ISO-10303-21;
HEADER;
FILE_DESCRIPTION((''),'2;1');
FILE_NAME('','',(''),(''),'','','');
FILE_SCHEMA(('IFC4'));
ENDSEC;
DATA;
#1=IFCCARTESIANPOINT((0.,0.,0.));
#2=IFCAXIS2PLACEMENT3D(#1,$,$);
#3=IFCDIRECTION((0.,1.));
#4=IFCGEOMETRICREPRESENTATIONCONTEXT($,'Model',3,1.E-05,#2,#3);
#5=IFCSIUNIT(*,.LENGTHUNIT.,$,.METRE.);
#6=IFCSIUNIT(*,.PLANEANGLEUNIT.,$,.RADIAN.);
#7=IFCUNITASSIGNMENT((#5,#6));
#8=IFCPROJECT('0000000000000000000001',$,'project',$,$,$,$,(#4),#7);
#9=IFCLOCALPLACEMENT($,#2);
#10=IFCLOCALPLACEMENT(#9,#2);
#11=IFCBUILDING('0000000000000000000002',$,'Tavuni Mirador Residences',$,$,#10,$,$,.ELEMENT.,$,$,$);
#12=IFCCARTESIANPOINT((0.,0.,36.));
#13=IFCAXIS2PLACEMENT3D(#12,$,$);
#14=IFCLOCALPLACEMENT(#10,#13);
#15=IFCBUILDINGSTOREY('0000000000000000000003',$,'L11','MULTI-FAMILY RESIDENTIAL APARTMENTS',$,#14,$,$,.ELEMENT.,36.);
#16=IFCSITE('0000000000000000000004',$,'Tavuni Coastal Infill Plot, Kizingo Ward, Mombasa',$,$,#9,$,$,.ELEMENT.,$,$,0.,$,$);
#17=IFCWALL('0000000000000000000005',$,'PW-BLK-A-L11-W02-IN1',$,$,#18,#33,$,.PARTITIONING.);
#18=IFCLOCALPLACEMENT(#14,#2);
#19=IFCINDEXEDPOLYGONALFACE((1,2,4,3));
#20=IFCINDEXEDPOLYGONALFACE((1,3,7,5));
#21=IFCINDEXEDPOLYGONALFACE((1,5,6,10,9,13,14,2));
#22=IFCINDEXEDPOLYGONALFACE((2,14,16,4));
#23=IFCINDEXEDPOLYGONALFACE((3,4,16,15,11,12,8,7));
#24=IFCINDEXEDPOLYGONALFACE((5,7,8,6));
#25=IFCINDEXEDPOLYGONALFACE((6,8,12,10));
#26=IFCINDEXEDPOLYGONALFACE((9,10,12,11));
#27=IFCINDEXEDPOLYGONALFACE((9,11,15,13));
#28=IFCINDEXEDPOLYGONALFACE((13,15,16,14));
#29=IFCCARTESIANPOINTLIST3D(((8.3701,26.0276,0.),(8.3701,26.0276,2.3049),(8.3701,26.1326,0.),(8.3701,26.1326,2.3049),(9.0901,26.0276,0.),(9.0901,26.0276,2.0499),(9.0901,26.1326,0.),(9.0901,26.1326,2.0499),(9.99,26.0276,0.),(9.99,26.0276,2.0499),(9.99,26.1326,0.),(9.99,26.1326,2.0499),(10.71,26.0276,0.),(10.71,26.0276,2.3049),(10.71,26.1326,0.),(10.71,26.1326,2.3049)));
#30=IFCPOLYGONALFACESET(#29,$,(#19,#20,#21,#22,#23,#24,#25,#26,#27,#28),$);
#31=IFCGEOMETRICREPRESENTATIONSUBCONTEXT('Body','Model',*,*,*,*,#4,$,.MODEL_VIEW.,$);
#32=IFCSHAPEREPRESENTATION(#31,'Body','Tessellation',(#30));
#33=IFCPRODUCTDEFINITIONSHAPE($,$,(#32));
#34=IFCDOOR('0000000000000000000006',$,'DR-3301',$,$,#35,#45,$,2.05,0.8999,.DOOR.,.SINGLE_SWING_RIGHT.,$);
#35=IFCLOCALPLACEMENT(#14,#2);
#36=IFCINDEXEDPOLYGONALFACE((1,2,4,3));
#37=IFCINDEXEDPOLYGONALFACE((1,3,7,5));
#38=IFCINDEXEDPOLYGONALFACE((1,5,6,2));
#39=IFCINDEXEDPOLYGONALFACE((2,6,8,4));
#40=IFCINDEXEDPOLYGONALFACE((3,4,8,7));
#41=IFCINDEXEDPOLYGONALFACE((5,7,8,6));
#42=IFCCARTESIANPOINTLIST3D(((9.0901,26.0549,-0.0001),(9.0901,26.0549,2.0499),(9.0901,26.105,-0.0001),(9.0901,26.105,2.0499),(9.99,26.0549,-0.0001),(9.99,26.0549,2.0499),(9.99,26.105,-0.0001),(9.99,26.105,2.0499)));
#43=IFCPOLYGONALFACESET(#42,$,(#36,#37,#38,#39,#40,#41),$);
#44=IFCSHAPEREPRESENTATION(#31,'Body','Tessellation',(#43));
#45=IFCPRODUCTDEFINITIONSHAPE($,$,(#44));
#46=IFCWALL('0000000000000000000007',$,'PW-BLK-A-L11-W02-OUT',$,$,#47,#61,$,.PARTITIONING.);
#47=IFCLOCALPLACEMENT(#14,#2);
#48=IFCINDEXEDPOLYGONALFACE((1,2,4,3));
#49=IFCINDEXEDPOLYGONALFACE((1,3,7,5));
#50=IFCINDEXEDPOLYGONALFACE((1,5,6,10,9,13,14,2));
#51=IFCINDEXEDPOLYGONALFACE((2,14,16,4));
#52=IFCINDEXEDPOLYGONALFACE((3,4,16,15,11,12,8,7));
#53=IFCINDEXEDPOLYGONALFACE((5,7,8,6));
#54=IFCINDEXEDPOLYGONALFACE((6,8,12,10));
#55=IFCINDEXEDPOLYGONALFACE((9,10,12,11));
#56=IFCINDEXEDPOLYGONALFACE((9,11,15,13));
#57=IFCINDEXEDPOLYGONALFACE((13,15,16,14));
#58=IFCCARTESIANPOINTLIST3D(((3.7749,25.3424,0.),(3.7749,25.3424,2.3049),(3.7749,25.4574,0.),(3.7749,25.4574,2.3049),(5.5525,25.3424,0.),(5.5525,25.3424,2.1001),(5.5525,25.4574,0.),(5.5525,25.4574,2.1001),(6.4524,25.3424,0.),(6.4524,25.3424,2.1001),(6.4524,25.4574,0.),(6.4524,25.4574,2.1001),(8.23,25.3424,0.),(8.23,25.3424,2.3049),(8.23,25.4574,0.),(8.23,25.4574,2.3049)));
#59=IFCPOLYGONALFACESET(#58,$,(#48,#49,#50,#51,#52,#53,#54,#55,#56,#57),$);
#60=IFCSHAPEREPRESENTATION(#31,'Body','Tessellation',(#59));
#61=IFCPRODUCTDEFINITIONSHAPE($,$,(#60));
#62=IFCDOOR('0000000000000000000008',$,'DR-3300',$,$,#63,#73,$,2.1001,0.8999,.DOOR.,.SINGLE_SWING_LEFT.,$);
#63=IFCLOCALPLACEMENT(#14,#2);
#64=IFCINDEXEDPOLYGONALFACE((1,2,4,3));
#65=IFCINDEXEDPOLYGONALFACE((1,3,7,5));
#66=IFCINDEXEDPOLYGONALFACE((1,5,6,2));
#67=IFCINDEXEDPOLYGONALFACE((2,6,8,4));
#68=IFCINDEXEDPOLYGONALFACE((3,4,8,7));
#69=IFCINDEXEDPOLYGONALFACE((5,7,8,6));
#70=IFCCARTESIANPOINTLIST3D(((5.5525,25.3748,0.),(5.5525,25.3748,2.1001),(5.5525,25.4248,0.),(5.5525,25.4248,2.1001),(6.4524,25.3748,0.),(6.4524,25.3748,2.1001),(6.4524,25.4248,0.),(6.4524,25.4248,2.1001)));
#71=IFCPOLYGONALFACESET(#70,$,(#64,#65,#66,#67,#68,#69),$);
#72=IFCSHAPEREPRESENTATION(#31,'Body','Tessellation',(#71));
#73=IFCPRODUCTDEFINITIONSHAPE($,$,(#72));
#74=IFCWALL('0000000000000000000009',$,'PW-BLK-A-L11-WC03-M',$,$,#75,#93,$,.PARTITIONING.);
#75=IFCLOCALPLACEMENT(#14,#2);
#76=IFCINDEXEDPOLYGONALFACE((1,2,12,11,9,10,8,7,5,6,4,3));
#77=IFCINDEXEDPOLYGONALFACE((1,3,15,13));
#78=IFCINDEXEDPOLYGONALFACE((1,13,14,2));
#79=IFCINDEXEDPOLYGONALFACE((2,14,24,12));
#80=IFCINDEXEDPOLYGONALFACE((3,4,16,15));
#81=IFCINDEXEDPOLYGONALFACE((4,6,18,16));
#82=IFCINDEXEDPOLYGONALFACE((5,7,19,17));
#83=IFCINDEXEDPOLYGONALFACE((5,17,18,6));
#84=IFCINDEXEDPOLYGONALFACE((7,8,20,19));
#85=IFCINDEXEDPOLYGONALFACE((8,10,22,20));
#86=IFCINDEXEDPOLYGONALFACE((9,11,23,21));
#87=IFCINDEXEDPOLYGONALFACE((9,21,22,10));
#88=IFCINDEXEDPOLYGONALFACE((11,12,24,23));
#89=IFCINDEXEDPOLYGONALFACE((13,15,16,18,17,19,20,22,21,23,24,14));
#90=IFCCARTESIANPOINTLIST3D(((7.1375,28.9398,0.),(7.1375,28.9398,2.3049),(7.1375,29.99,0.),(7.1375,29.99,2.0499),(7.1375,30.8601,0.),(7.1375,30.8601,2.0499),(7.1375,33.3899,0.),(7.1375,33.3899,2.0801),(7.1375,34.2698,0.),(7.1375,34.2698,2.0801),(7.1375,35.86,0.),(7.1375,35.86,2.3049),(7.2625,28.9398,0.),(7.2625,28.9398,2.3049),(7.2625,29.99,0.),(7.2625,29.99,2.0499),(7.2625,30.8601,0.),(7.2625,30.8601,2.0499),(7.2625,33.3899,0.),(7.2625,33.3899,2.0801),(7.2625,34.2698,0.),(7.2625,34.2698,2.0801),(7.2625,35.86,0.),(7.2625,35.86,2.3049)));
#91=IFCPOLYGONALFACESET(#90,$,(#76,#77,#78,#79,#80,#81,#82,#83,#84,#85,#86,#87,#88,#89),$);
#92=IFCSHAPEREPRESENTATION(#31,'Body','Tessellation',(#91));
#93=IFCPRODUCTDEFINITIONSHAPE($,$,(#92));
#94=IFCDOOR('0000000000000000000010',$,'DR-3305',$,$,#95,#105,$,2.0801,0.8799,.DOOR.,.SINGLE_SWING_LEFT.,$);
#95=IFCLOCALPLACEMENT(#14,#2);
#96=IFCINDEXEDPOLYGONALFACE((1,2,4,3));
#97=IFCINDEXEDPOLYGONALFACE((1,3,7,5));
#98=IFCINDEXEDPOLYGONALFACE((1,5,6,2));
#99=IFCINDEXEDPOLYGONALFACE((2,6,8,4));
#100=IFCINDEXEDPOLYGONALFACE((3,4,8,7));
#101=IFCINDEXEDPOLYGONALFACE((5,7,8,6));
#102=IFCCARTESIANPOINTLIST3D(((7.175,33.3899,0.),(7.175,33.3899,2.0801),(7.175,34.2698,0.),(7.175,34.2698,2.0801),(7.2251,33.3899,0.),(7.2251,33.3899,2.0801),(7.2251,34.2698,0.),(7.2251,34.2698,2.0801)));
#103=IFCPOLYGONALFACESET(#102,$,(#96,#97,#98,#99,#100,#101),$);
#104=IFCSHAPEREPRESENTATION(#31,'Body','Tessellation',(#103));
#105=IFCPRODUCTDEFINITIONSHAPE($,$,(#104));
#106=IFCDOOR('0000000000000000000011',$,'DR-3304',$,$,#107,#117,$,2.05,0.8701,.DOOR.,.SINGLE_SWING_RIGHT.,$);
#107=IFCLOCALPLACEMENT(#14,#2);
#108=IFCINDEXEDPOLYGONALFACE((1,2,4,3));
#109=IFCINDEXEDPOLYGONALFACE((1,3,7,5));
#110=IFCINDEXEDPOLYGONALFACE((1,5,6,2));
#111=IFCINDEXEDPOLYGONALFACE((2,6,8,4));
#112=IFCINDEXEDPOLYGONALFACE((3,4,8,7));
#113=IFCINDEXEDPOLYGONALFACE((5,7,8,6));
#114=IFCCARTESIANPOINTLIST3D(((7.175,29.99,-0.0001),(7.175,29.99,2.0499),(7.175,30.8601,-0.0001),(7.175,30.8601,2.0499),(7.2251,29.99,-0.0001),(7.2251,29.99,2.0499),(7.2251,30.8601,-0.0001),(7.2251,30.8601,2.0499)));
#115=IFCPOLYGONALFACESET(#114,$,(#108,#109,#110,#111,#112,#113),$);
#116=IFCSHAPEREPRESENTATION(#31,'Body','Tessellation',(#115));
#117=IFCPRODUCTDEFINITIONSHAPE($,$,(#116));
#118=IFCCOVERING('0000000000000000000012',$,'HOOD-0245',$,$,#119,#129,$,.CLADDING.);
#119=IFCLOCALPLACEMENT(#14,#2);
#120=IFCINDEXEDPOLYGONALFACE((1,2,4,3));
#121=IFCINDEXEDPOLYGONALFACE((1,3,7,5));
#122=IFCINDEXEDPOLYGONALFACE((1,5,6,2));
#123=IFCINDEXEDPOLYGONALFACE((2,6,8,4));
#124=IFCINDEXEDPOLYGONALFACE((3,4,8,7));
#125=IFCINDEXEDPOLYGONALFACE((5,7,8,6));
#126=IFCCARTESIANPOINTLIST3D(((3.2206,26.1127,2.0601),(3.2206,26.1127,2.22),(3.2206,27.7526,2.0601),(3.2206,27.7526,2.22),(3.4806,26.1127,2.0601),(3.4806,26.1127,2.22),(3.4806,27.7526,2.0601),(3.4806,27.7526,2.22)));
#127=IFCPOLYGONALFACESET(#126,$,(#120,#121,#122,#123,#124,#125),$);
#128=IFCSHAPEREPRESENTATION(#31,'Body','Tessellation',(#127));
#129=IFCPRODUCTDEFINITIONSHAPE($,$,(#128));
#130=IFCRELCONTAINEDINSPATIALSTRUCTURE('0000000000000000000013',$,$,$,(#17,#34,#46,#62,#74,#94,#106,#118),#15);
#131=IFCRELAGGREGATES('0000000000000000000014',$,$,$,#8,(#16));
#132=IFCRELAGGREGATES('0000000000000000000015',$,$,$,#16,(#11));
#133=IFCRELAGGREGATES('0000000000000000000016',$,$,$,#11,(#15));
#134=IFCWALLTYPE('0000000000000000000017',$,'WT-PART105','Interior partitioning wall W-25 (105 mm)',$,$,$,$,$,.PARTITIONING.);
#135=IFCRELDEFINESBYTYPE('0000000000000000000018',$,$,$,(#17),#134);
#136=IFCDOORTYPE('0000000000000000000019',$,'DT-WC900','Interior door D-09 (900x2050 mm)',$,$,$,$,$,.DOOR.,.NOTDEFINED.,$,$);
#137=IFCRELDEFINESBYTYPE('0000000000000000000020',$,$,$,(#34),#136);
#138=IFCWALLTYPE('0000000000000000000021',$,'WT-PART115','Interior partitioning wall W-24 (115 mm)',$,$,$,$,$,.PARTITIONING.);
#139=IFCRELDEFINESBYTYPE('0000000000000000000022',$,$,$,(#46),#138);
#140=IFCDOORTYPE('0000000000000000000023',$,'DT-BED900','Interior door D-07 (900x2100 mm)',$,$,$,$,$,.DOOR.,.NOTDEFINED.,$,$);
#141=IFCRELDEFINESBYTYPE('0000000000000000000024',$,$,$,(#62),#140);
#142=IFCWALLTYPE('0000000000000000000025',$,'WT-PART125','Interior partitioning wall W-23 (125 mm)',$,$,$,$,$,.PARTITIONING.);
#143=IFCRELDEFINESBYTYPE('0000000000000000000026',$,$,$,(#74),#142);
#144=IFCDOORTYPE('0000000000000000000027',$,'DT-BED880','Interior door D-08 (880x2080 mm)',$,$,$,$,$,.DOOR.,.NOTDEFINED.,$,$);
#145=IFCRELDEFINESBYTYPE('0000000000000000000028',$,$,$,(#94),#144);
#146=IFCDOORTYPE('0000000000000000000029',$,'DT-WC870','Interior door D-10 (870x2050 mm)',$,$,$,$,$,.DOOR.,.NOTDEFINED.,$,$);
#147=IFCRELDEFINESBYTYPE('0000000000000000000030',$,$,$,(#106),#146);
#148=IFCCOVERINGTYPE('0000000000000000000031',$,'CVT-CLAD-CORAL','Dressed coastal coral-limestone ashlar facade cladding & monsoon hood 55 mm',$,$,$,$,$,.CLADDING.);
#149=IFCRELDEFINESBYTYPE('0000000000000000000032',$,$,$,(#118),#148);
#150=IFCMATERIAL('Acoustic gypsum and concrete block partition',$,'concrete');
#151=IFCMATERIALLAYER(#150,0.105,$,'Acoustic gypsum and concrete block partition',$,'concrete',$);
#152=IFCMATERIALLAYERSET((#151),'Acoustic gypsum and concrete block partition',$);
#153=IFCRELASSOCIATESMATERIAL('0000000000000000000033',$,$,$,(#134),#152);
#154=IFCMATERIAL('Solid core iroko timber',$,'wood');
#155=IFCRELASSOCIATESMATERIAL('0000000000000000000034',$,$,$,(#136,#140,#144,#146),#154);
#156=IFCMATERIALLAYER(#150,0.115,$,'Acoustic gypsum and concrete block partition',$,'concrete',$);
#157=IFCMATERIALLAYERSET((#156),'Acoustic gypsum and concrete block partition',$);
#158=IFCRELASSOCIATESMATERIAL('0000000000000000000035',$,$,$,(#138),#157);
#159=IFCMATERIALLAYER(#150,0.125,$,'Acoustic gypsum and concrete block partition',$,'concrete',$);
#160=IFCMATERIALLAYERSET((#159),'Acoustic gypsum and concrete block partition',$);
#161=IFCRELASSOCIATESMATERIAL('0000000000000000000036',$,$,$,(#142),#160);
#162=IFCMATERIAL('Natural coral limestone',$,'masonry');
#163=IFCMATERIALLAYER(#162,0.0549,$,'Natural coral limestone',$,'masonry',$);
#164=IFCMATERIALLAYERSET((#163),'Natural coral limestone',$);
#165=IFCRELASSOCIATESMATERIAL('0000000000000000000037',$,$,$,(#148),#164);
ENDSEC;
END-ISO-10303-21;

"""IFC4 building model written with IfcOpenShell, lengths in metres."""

from ifc_helpers import new_model, si_unit, direction, frame, frame_2d, origin, origin_2d, place, context, subcontext, project, spatial, rectangle, extrude, material, layer, layer_set, type_object, element, fill, save


model = new_model("IFC4")

# Units and contexts
model_context = context("Model", 3, precision=1e-05, world=origin(), true_north=direction((0.0, 1.0)))
body_context = subcontext(model_context, "Body", "Model", "MODEL_VIEW")
ifc_project = project(units=[si_unit("LENGTHUNIT", "METRE"), si_unit("PLANEANGLEUNIT", "RADIAN")], contexts=[model_context])

# Site, building, storey
site_placement = place(None, origin())
site = spatial("IfcSite", under=ifc_project, at=site_placement, Name="Tavuni Coastal Infill Plot, Kizingo Ward, Mombasa", CompositionType="ELEMENT", RefElevation=0.0)
building_placement = place(site_placement, origin())
building = spatial("IfcBuilding", under=site, at=building_placement, Name="Tavuni Mirador Residences", CompositionType="ELEMENT")
storey_placement = place(building_placement, frame((0.0, 0.0, 36.0)))
storey = spatial("IfcBuildingStorey", under=building, at=storey_placement, Name="L11", Description="MULTI-FAMILY RESIDENTIAL APARTMENTS", CompositionType="ELEMENT", Elevation=36.0)

# Shared definitions
ifc_material_1 = material(Name="Acoustic gypsum and concrete block partition", Category="concrete")

# Walls, openings, doors
ifc_layer_1 = layer(ifc_material_1, 0.105, Name="Acoustic gypsum and concrete block partition", Category="concrete")
ifc_layer_set_1 = layer_set([ifc_layer_1], Name="Acoustic gypsum and concrete block partition")
wall_type_1 = type_object("IfcWallType", Name="WT-PART105", Description="Interior partitioning wall W-25 (105 mm)", PredefinedType="PARTITIONING", material=ifc_layer_set_1)
wall_1_placement = place(storey_placement, frame((8.3701, 26.0801, 0.0), z_axis=(0.0, 0.0, 1.0), x_axis=(1.0, 0.0, 0.0)))
wall_1 = element("IfcWall", 1, at=wall_1_placement, inside=storey, type_object=wall_type_1, Name="PW-BLK-A-L11-W02-IN1", PredefinedType="PARTITIONING", context=body_context, shape_type="SweptSolid", body=[
    extrude(rectangle(XDim=2.3398, YDim=0.105, at=frame_2d((1.1699, 0.0))), origin(), (0.0, 0.0, 1.0), 2.3049),
])
opening_1_placement = place(wall_1_placement, frame((0.72, 0.0, 0.0)))
opening_1 = element("IfcOpeningElement", 2, at=opening_1_placement, cuts=wall_1, PredefinedType="OPENING", context=body_context, shape_type="SweptSolid", body=[
    extrude(rectangle(XDim=0.8999, YDim=2.05, at=frame_2d((0.45, 1.0249))), frame((0.0, 0.0625, 0.0), z_axis=(0.0, -1.0, 0.0), x_axis=(1.0, 0.0, 0.0)), (0.0, 0.0, 1.0), 0.125),
])
ifc_material_2 = material(Name="Solid core iroko timber", Category="wood")
door_type_1 = type_object("IfcDoorType", Name="DT-WC900", Description="Interior door D-09 (900x2050 mm)", OperationType="NOTDEFINED", PredefinedType="DOOR", material=ifc_material_2)
door_1_placement = place(opening_1_placement, origin())
door_1 = element("IfcDoor", 3, at=door_1_placement, inside=storey, type_object=door_type_1, Name="DR-3301", OperationType="SINGLE_SWING_RIGHT", OverallHeight=2.05, OverallWidth=0.8999, PredefinedType="DOOR", context=body_context, shape_type="SweptSolid", body=[
    extrude(rectangle(XDim=0.8999, YDim=2.05, at=frame_2d((0.45, 1.0249))), frame((0.0, 0.0249, 0.0), z_axis=(0.0, -1.0, 0.0), x_axis=(1.0, 0.0, 0.0)), (0.0, 0.0, 1.0), 0.05),
])
fill(opening_1, door_1)
ifc_layer_2 = layer(ifc_material_1, 0.115, Name="Acoustic gypsum and concrete block partition", Category="concrete")
ifc_layer_set_2 = layer_set([ifc_layer_2], Name="Acoustic gypsum and concrete block partition")
wall_type_2 = type_object("IfcWallType", Name="WT-PART115", Description="Interior partitioning wall W-24 (115 mm)", PredefinedType="PARTITIONING", material=ifc_layer_set_2)
wall_2_placement = place(storey_placement, frame((3.7749, 25.3999, 0.0), z_axis=(0.0, 0.0, 1.0), x_axis=(1.0, 0.0, 0.0)))
wall_2 = element("IfcWall", 4, at=wall_2_placement, inside=storey, type_object=wall_type_2, Name="PW-BLK-A-L11-W02-OUT", PredefinedType="PARTITIONING", context=body_context, shape_type="SweptSolid", body=[
    extrude(rectangle(XDim=4.4551, YDim=0.115, at=frame_2d((2.2275, 0.0))), origin(), (0.0, 0.0, 1.0), 2.3049),
])
opening_2_placement = place(wall_2_placement, frame((1.7776, 0.0, 0.0)))
opening_2 = element("IfcOpeningElement", 5, at=opening_2_placement, cuts=wall_2, PredefinedType="OPENING", context=body_context, shape_type="SweptSolid", body=[
    extrude(rectangle(XDim=0.8999, YDim=2.1001, at=frame_2d((0.45, 1.05))), frame((0.0, 0.0674, 0.0), z_axis=(0.0, -1.0, 0.0), x_axis=(1.0, 0.0, 0.0)), (0.0, 0.0, 1.0), 0.135),
])
door_type_2 = type_object("IfcDoorType", Name="DT-BED900", Description="Interior door D-07 (900x2100 mm)", OperationType="NOTDEFINED", PredefinedType="DOOR", material=ifc_material_2)
door_2_placement = place(opening_2_placement, origin())
door_2 = element("IfcDoor", 6, at=door_2_placement, inside=storey, type_object=door_type_2, Name="DR-3300", OperationType="SINGLE_SWING_LEFT", OverallHeight=2.1001, OverallWidth=0.8999, PredefinedType="DOOR", context=body_context, shape_type="SweptSolid", body=[
    extrude(rectangle(XDim=0.8999, YDim=2.1001, at=frame_2d((0.45, 1.05))), frame((0.0, 0.0249, 0.0), z_axis=(0.0, -1.0, 0.0), x_axis=(1.0, 0.0, 0.0)), (0.0, 0.0, 1.0), 0.05),
])
fill(opening_2, door_2)

# Wall, openings, doors
ifc_layer_3 = layer(ifc_material_1, 0.125, Name="Acoustic gypsum and concrete block partition", Category="concrete")
ifc_layer_set_3 = layer_set([ifc_layer_3], Name="Acoustic gypsum and concrete block partition")
wall_type_3 = type_object("IfcWallType", Name="WT-PART125", Description="Interior partitioning wall W-23 (125 mm)", PredefinedType="PARTITIONING", material=ifc_layer_set_3)
wall_3_placement = place(storey_placement, frame((7.2, 28.9399, 0.0), z_axis=(0.0, 0.0, 1.0), x_axis=(0.0, 1.0, 0.0)))
wall_3 = element("IfcWall", 7, at=wall_3_placement, inside=storey, type_object=wall_type_3, Name="PW-BLK-A-L11-WC03-M", PredefinedType="PARTITIONING", context=body_context, shape_type="SweptSolid", body=[
    extrude(rectangle(XDim=6.9202, YDim=0.125, at=frame_2d((3.46, 0.0))), origin(), (0.0, 0.0, 1.0), 2.3049),
])
opening_3_placement = place(wall_3_placement, frame((1.05, 0.0, 0.0)))
opening_3 = element("IfcOpeningElement", 8, at=opening_3_placement, cuts=wall_3, PredefinedType="OPENING", context=body_context, shape_type="SweptSolid", body=[
    extrude(rectangle(XDim=0.8701, YDim=2.05, at=frame_2d((0.4351, 1.0249))), frame((0.0, 0.0725, 0.0), z_axis=(0.0, -1.0, 0.0), x_axis=(1.0, 0.0, 0.0)), (0.0, 0.0, 1.0), 0.145),
])
opening_4_placement = place(wall_3_placement, frame((4.45, 0.0, 0.0)))
opening_4 = element("IfcOpeningElement", 9, at=opening_4_placement, cuts=wall_3, PredefinedType="OPENING", context=body_context, shape_type="SweptSolid", body=[
    extrude(rectangle(XDim=0.8799, YDim=2.0801, at=frame_2d((0.4399, 1.04))), frame((0.0, 0.0725, 0.0), z_axis=(0.0, -1.0, 0.0), x_axis=(1.0, 0.0, 0.0)), (0.0, 0.0, 1.0), 0.145),
])
door_type_3 = type_object("IfcDoorType", Name="DT-BED880", Description="Interior door D-08 (880x2080 mm)", OperationType="NOTDEFINED", PredefinedType="DOOR", material=ifc_material_2)
door_3_placement = place(opening_4_placement, origin())
door_3 = element("IfcDoor", 10, at=door_3_placement, inside=storey, type_object=door_type_3, Name="DR-3305", OperationType="SINGLE_SWING_LEFT", OverallHeight=2.0801, OverallWidth=0.8799, PredefinedType="DOOR", context=body_context, shape_type="SweptSolid", body=[
    extrude(rectangle(XDim=0.8799, YDim=2.0801, at=frame_2d((0.4399, 1.04))), frame((0.0, 0.0249, 0.0), z_axis=(0.0, -1.0, 0.0), x_axis=(1.0, 0.0, 0.0)), (0.0, 0.0, 1.0), 0.05),
])
fill(opening_4, door_3)
door_type_4 = type_object("IfcDoorType", Name="DT-WC870", Description="Interior door D-10 (870x2050 mm)", OperationType="NOTDEFINED", PredefinedType="DOOR", material=ifc_material_2)
door_4_placement = place(opening_3_placement, origin())
door_4 = element("IfcDoor", 11, at=door_4_placement, inside=storey, type_object=door_type_4, Name="DR-3304", OperationType="SINGLE_SWING_RIGHT", OverallHeight=2.05, OverallWidth=0.8701, PredefinedType="DOOR", context=body_context, shape_type="SweptSolid", body=[
    extrude(rectangle(XDim=0.8701, YDim=2.05, at=frame_2d((0.4351, 1.0249))), frame((0.0, 0.0249, 0.0), z_axis=(0.0, -1.0, 0.0), x_axis=(1.0, 0.0, 0.0)), (0.0, 0.0, 1.0), 0.05),
])
fill(opening_3, door_4)

# Covering
ifc_material_3 = material(Name="Natural coral limestone", Category="masonry")
ifc_layer_4 = layer(ifc_material_3, 0.0549, Name="Natural coral limestone", Category="masonry")
ifc_layer_set_4 = layer_set([ifc_layer_4], Name="Natural coral limestone")
covering_type = type_object("IfcCoveringType", Name="CVT-CLAD-CORAL", Description="Dressed coastal coral-limestone ashlar facade cladding & monsoon hood 55 mm", PredefinedType="CLADDING", material=ifc_layer_set_4)
covering_placement = place(storey_placement, frame((3.3506, 26.9326, 2.0601), z_axis=(0.0, 0.0, 1.0), x_axis=(0.0, -1.0, 0.0)))
element("IfcCovering", 12, at=covering_placement, inside=storey, type_object=covering_type, Name="HOOD-0245", PredefinedType="CLADDING", context=body_context, shape_type="SweptSolid", body=[
    extrude(rectangle(XDim=1.6399, YDim=0.26, at=origin_2d()), origin(), (0.0, 0.0, 1.0), 0.1599),
])

save(model, "model.ifc")
